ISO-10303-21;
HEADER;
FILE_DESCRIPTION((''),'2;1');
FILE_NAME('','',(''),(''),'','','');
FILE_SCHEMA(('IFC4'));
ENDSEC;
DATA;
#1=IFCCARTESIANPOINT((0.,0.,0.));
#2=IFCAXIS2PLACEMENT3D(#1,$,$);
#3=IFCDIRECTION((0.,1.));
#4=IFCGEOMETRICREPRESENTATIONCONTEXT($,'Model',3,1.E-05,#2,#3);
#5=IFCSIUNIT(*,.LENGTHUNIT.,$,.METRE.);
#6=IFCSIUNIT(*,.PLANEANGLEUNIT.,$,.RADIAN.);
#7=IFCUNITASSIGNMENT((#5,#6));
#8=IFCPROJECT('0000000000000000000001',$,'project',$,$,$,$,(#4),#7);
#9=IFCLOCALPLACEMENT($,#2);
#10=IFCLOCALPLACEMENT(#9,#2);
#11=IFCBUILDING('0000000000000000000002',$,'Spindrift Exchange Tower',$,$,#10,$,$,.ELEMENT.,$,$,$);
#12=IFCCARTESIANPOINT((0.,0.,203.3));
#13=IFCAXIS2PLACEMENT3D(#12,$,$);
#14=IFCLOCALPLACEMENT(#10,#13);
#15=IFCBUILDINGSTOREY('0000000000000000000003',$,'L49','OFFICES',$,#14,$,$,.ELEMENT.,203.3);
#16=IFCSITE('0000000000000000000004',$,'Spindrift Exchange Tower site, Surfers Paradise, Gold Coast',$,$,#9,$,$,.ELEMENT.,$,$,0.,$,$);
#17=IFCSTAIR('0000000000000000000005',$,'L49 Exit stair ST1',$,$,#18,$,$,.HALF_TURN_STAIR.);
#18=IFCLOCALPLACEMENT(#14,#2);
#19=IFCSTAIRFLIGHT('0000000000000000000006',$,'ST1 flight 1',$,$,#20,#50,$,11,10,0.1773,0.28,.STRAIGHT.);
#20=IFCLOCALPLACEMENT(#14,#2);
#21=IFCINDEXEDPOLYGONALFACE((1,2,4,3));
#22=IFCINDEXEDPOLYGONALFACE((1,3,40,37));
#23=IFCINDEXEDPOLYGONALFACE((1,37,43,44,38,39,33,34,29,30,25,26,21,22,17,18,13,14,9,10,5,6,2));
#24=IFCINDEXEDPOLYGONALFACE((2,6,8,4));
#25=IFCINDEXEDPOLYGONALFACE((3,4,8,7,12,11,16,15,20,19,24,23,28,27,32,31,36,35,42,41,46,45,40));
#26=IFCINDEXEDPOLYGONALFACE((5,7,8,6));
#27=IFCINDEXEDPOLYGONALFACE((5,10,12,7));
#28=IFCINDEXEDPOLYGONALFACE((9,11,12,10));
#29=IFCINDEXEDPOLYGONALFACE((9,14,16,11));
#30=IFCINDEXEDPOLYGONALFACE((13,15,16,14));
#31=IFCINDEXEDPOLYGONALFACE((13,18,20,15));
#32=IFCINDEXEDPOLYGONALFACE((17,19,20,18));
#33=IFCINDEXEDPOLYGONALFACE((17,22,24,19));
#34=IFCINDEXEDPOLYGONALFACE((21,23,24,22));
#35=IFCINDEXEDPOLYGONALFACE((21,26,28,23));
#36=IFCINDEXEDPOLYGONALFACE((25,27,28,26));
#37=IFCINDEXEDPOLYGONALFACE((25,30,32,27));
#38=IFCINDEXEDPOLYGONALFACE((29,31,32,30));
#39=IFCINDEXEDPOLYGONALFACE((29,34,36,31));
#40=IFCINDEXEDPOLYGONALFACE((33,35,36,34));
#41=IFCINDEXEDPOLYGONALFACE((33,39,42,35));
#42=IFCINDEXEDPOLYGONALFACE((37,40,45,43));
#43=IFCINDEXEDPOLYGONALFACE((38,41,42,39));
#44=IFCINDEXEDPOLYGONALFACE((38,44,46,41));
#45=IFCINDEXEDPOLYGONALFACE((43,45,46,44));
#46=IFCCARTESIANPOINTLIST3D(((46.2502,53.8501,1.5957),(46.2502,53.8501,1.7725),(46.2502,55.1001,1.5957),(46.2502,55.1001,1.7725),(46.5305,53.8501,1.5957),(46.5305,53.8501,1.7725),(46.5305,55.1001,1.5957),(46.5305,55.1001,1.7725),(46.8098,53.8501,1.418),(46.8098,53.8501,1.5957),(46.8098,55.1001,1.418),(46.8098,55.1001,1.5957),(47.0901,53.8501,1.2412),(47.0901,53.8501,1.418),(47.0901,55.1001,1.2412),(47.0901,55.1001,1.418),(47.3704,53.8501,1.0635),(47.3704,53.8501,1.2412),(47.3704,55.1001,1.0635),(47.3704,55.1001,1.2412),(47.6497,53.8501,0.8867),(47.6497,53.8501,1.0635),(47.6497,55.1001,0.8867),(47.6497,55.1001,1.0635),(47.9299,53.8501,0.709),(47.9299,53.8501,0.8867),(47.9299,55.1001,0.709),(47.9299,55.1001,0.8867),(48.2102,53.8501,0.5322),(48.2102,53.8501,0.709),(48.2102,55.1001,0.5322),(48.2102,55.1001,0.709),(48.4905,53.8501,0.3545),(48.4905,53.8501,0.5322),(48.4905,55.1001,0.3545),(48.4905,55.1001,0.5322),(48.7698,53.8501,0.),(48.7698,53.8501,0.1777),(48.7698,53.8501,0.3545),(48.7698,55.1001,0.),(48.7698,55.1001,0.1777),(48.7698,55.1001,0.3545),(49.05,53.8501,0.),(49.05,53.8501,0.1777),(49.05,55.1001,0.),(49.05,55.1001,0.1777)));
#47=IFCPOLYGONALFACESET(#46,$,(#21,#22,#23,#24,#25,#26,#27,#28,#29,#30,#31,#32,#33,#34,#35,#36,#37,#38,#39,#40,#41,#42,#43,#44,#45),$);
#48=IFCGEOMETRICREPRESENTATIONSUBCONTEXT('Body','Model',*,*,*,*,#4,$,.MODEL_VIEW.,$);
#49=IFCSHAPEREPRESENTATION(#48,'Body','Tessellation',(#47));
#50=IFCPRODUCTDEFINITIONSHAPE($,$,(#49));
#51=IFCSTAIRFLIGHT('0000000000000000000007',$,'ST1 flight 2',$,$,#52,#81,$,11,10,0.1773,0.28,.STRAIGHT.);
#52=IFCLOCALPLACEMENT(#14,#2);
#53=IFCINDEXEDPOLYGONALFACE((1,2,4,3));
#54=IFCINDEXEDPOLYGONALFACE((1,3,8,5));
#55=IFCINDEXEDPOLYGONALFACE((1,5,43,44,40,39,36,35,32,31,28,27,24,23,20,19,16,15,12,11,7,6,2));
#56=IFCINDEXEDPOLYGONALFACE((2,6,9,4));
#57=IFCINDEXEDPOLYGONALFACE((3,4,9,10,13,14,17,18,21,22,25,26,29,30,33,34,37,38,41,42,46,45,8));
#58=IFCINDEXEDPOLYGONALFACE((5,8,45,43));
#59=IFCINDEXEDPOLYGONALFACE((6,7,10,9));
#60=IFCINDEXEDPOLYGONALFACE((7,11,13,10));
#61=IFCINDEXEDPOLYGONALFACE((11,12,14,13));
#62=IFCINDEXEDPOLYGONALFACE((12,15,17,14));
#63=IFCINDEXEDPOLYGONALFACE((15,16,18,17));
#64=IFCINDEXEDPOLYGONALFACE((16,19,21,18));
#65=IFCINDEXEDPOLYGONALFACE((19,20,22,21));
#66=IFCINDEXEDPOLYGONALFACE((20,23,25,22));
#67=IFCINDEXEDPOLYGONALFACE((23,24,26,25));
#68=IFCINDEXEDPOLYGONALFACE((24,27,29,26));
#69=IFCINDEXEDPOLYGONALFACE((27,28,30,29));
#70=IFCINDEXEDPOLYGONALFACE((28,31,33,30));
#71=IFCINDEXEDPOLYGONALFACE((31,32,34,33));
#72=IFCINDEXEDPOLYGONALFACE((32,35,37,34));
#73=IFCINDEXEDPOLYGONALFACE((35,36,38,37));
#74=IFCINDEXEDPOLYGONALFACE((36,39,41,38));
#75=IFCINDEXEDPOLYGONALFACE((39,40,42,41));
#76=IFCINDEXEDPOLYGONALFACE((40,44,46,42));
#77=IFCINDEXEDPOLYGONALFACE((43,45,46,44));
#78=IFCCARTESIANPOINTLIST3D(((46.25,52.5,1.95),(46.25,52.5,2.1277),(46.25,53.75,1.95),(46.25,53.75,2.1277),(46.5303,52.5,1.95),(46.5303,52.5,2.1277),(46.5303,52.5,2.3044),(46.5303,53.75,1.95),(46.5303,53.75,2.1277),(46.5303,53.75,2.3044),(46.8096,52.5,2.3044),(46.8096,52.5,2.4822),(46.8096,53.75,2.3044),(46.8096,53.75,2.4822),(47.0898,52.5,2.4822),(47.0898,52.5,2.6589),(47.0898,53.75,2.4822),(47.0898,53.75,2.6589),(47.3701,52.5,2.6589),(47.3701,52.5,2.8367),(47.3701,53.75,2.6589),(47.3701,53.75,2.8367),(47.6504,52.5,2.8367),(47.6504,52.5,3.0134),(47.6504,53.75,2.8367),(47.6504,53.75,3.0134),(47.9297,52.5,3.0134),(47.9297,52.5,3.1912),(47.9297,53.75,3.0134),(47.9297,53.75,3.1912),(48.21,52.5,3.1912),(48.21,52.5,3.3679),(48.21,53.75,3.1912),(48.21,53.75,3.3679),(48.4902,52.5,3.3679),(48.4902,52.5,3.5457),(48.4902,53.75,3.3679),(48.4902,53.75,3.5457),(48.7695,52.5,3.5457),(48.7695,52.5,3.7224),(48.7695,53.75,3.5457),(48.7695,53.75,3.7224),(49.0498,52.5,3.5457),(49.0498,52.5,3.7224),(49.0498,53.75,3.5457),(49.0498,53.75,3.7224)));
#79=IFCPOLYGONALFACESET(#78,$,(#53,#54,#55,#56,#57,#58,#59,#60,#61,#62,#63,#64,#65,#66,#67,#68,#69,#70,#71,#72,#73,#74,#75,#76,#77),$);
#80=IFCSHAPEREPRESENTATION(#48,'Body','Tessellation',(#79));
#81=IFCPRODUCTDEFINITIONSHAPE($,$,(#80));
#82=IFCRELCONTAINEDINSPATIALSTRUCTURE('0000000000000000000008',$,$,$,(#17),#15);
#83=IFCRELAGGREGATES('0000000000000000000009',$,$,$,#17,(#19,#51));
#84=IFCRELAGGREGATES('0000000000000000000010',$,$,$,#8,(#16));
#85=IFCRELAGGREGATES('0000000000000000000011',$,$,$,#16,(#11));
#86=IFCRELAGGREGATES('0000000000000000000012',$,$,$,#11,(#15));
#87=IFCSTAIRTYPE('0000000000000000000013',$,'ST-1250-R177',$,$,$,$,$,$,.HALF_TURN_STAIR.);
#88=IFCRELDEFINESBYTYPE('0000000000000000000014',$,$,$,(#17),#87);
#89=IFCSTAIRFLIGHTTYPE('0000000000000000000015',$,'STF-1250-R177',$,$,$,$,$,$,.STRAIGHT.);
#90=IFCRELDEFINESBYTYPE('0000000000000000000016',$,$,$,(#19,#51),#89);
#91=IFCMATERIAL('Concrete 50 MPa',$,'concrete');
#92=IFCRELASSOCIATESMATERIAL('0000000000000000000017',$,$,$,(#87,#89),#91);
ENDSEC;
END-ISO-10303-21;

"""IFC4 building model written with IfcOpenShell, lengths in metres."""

from ifc_helpers import new_model, si_unit, direction, frame, origin, place, context, subcontext, project, spatial, line, indexed_curve, outline, extrude, material, type_object, element, aggregate, save


model = new_model("IFC4")

# Units and contexts
model_context = context("Model", 3, precision=1e-05, world=origin(), true_north=direction((0.0, 1.0)))
body_context = subcontext(model_context, "Body", "Model", "MODEL_VIEW")
ifc_project = project(units=[si_unit("LENGTHUNIT", "METRE"), si_unit("PLANEANGLEUNIT", "RADIAN")], contexts=[model_context])

# Site, building, storey
site_placement = place(None, origin())
site = spatial("IfcSite", under=ifc_project, at=site_placement, Name="Spindrift Exchange Tower site, Surfers Paradise, Gold Coast", CompositionType="ELEMENT", RefElevation=0.0)
building_placement = place(site_placement, origin())
building = spatial("IfcBuilding", under=site, at=building_placement, Name="Spindrift Exchange Tower", CompositionType="ELEMENT")
storey_placement = place(building_placement, frame((0.0, 0.0, 203.3)))
storey = spatial("IfcBuildingStorey", under=building, at=storey_placement, Name="L49", Description="OFFICES", CompositionType="ELEMENT", Elevation=203.3)

# Shared definitions
ifc_material_1 = material(Name="Concrete 50 MPa", Category="concrete")

# Stair, stair flights
stair_type = type_object("IfcStairType", Name="ST-1250-R177", PredefinedType="HALF_TURN_STAIR", material=ifc_material_1)
stair_placement = place(storey_placement, origin())
stair = element("IfcStair", 1, at=stair_placement, inside=storey, type_object=stair_type, Name="L49 Exit stair ST1", PredefinedType="HALF_TURN_STAIR")
stair_flight_type = type_object("IfcStairFlightType", Name="STF-1250-R177", PredefinedType="STRAIGHT", material=ifc_material_1)
stair_flight_1_placement = place(storey_placement, frame((49.05, 54.4751, 0.0), z_axis=(0.0, 0.0, 1.0), x_axis=(-1.0, 0.0, 0.0)))
stair_flight_1 = element("IfcStairFlight", 2, at=stair_flight_1_placement, type_object=stair_flight_type, Name="ST1 flight 1", NumberOfRisers=11, NumberOfTreads=10, PredefinedType="STRAIGHT", RiserHeight=0.1773, TreadLength=0.28, context=body_context, shape_type="SweptSolid", body=[
    extrude(outline(indexed_curve([(0.0, 0.0), (0.0, 0.1777), (0.2803, 0.1777), (0.2803, 0.3545), (0.5596, 0.3545), (0.5596, 0.5322), (0.8398, 0.5322), (0.8398, 0.709), (1.1201, 0.709), (1.1201, 0.8867), (1.4004, 0.8867), (1.4004, 1.0635), (1.6797, 1.0635), (1.6797, 1.2412), (1.96, 1.2412), (1.96, 1.418), (2.2402, 1.418), (2.2402, 1.5957), (2.5195, 1.5957), (2.5195, 1.7725), (2.7998, 1.7725), (2.7998, 1.9502), (2.7998, 1.5957), (0.2803, 0.0)], segments=[line(1, 2, 3, 4, 5, 6, 7, 8, 9, 10, 11, 12, 13, 14, 15, 16, 17, 18, 19, 20, 21, 22, 23, 24, 1)], self_intersect=False)), frame((0.0, 0.625, 0.0), z_axis=(0.0, -1.0, 0.0), x_axis=(1.0, 0.0, 0.0)), (0.0, 0.0, 1.0), 1.25),
])
stair_flight_2_placement = place(storey_placement, frame((46.25, 53.125, 1.95), z_axis=(0.0, 0.0, 1.0), x_axis=(1.0, 0.0, 0.0)))
stair_flight_2 = element("IfcStairFlight", 3, at=stair_flight_2_placement, type_object=stair_flight_type, Name="ST1 flight 2", NumberOfRisers=11, NumberOfTreads=10, PredefinedType="STRAIGHT", RiserHeight=0.1773, TreadLength=0.28, context=body_context, shape_type="SweptSolid", body=[
    extrude(outline(indexed_curve([(0.0, 0.0), (0.0, 0.1777), (0.2803, 0.1777), (0.2803, 0.3545), (0.5596, 0.3545), (0.5596, 0.5322), (0.8398, 0.5322), (0.8398, 0.709), (1.1201, 0.709), (1.1201, 0.8867), (1.4004, 0.8867), (1.4004, 1.0635), (1.6797, 1.0635), (1.6797, 1.2412), (1.96, 1.2412), (1.96, 1.418), (2.2402, 1.418), (2.2402, 1.5957), (2.5195, 1.5957), (2.5195, 1.7725), (2.7998, 1.7725), (2.7998, 1.9502), (2.7998, 1.5957), (0.2803, 0.0)], segments=[line(1, 2, 3, 4, 5, 6, 7, 8, 9, 10, 11, 12, 13, 14, 15, 16, 17, 18, 19, 20, 21, 22, 23, 24, 1)], self_intersect=False)), frame((0.0, 0.625, 0.0), z_axis=(0.0, -1.0, 0.0), x_axis=(1.0, 0.0, 0.0)), (0.0, 0.0, 1.0), 1.25),
])
aggregate(stair, [stair_flight_1, stair_flight_2])

save(model, "model.ifc")
